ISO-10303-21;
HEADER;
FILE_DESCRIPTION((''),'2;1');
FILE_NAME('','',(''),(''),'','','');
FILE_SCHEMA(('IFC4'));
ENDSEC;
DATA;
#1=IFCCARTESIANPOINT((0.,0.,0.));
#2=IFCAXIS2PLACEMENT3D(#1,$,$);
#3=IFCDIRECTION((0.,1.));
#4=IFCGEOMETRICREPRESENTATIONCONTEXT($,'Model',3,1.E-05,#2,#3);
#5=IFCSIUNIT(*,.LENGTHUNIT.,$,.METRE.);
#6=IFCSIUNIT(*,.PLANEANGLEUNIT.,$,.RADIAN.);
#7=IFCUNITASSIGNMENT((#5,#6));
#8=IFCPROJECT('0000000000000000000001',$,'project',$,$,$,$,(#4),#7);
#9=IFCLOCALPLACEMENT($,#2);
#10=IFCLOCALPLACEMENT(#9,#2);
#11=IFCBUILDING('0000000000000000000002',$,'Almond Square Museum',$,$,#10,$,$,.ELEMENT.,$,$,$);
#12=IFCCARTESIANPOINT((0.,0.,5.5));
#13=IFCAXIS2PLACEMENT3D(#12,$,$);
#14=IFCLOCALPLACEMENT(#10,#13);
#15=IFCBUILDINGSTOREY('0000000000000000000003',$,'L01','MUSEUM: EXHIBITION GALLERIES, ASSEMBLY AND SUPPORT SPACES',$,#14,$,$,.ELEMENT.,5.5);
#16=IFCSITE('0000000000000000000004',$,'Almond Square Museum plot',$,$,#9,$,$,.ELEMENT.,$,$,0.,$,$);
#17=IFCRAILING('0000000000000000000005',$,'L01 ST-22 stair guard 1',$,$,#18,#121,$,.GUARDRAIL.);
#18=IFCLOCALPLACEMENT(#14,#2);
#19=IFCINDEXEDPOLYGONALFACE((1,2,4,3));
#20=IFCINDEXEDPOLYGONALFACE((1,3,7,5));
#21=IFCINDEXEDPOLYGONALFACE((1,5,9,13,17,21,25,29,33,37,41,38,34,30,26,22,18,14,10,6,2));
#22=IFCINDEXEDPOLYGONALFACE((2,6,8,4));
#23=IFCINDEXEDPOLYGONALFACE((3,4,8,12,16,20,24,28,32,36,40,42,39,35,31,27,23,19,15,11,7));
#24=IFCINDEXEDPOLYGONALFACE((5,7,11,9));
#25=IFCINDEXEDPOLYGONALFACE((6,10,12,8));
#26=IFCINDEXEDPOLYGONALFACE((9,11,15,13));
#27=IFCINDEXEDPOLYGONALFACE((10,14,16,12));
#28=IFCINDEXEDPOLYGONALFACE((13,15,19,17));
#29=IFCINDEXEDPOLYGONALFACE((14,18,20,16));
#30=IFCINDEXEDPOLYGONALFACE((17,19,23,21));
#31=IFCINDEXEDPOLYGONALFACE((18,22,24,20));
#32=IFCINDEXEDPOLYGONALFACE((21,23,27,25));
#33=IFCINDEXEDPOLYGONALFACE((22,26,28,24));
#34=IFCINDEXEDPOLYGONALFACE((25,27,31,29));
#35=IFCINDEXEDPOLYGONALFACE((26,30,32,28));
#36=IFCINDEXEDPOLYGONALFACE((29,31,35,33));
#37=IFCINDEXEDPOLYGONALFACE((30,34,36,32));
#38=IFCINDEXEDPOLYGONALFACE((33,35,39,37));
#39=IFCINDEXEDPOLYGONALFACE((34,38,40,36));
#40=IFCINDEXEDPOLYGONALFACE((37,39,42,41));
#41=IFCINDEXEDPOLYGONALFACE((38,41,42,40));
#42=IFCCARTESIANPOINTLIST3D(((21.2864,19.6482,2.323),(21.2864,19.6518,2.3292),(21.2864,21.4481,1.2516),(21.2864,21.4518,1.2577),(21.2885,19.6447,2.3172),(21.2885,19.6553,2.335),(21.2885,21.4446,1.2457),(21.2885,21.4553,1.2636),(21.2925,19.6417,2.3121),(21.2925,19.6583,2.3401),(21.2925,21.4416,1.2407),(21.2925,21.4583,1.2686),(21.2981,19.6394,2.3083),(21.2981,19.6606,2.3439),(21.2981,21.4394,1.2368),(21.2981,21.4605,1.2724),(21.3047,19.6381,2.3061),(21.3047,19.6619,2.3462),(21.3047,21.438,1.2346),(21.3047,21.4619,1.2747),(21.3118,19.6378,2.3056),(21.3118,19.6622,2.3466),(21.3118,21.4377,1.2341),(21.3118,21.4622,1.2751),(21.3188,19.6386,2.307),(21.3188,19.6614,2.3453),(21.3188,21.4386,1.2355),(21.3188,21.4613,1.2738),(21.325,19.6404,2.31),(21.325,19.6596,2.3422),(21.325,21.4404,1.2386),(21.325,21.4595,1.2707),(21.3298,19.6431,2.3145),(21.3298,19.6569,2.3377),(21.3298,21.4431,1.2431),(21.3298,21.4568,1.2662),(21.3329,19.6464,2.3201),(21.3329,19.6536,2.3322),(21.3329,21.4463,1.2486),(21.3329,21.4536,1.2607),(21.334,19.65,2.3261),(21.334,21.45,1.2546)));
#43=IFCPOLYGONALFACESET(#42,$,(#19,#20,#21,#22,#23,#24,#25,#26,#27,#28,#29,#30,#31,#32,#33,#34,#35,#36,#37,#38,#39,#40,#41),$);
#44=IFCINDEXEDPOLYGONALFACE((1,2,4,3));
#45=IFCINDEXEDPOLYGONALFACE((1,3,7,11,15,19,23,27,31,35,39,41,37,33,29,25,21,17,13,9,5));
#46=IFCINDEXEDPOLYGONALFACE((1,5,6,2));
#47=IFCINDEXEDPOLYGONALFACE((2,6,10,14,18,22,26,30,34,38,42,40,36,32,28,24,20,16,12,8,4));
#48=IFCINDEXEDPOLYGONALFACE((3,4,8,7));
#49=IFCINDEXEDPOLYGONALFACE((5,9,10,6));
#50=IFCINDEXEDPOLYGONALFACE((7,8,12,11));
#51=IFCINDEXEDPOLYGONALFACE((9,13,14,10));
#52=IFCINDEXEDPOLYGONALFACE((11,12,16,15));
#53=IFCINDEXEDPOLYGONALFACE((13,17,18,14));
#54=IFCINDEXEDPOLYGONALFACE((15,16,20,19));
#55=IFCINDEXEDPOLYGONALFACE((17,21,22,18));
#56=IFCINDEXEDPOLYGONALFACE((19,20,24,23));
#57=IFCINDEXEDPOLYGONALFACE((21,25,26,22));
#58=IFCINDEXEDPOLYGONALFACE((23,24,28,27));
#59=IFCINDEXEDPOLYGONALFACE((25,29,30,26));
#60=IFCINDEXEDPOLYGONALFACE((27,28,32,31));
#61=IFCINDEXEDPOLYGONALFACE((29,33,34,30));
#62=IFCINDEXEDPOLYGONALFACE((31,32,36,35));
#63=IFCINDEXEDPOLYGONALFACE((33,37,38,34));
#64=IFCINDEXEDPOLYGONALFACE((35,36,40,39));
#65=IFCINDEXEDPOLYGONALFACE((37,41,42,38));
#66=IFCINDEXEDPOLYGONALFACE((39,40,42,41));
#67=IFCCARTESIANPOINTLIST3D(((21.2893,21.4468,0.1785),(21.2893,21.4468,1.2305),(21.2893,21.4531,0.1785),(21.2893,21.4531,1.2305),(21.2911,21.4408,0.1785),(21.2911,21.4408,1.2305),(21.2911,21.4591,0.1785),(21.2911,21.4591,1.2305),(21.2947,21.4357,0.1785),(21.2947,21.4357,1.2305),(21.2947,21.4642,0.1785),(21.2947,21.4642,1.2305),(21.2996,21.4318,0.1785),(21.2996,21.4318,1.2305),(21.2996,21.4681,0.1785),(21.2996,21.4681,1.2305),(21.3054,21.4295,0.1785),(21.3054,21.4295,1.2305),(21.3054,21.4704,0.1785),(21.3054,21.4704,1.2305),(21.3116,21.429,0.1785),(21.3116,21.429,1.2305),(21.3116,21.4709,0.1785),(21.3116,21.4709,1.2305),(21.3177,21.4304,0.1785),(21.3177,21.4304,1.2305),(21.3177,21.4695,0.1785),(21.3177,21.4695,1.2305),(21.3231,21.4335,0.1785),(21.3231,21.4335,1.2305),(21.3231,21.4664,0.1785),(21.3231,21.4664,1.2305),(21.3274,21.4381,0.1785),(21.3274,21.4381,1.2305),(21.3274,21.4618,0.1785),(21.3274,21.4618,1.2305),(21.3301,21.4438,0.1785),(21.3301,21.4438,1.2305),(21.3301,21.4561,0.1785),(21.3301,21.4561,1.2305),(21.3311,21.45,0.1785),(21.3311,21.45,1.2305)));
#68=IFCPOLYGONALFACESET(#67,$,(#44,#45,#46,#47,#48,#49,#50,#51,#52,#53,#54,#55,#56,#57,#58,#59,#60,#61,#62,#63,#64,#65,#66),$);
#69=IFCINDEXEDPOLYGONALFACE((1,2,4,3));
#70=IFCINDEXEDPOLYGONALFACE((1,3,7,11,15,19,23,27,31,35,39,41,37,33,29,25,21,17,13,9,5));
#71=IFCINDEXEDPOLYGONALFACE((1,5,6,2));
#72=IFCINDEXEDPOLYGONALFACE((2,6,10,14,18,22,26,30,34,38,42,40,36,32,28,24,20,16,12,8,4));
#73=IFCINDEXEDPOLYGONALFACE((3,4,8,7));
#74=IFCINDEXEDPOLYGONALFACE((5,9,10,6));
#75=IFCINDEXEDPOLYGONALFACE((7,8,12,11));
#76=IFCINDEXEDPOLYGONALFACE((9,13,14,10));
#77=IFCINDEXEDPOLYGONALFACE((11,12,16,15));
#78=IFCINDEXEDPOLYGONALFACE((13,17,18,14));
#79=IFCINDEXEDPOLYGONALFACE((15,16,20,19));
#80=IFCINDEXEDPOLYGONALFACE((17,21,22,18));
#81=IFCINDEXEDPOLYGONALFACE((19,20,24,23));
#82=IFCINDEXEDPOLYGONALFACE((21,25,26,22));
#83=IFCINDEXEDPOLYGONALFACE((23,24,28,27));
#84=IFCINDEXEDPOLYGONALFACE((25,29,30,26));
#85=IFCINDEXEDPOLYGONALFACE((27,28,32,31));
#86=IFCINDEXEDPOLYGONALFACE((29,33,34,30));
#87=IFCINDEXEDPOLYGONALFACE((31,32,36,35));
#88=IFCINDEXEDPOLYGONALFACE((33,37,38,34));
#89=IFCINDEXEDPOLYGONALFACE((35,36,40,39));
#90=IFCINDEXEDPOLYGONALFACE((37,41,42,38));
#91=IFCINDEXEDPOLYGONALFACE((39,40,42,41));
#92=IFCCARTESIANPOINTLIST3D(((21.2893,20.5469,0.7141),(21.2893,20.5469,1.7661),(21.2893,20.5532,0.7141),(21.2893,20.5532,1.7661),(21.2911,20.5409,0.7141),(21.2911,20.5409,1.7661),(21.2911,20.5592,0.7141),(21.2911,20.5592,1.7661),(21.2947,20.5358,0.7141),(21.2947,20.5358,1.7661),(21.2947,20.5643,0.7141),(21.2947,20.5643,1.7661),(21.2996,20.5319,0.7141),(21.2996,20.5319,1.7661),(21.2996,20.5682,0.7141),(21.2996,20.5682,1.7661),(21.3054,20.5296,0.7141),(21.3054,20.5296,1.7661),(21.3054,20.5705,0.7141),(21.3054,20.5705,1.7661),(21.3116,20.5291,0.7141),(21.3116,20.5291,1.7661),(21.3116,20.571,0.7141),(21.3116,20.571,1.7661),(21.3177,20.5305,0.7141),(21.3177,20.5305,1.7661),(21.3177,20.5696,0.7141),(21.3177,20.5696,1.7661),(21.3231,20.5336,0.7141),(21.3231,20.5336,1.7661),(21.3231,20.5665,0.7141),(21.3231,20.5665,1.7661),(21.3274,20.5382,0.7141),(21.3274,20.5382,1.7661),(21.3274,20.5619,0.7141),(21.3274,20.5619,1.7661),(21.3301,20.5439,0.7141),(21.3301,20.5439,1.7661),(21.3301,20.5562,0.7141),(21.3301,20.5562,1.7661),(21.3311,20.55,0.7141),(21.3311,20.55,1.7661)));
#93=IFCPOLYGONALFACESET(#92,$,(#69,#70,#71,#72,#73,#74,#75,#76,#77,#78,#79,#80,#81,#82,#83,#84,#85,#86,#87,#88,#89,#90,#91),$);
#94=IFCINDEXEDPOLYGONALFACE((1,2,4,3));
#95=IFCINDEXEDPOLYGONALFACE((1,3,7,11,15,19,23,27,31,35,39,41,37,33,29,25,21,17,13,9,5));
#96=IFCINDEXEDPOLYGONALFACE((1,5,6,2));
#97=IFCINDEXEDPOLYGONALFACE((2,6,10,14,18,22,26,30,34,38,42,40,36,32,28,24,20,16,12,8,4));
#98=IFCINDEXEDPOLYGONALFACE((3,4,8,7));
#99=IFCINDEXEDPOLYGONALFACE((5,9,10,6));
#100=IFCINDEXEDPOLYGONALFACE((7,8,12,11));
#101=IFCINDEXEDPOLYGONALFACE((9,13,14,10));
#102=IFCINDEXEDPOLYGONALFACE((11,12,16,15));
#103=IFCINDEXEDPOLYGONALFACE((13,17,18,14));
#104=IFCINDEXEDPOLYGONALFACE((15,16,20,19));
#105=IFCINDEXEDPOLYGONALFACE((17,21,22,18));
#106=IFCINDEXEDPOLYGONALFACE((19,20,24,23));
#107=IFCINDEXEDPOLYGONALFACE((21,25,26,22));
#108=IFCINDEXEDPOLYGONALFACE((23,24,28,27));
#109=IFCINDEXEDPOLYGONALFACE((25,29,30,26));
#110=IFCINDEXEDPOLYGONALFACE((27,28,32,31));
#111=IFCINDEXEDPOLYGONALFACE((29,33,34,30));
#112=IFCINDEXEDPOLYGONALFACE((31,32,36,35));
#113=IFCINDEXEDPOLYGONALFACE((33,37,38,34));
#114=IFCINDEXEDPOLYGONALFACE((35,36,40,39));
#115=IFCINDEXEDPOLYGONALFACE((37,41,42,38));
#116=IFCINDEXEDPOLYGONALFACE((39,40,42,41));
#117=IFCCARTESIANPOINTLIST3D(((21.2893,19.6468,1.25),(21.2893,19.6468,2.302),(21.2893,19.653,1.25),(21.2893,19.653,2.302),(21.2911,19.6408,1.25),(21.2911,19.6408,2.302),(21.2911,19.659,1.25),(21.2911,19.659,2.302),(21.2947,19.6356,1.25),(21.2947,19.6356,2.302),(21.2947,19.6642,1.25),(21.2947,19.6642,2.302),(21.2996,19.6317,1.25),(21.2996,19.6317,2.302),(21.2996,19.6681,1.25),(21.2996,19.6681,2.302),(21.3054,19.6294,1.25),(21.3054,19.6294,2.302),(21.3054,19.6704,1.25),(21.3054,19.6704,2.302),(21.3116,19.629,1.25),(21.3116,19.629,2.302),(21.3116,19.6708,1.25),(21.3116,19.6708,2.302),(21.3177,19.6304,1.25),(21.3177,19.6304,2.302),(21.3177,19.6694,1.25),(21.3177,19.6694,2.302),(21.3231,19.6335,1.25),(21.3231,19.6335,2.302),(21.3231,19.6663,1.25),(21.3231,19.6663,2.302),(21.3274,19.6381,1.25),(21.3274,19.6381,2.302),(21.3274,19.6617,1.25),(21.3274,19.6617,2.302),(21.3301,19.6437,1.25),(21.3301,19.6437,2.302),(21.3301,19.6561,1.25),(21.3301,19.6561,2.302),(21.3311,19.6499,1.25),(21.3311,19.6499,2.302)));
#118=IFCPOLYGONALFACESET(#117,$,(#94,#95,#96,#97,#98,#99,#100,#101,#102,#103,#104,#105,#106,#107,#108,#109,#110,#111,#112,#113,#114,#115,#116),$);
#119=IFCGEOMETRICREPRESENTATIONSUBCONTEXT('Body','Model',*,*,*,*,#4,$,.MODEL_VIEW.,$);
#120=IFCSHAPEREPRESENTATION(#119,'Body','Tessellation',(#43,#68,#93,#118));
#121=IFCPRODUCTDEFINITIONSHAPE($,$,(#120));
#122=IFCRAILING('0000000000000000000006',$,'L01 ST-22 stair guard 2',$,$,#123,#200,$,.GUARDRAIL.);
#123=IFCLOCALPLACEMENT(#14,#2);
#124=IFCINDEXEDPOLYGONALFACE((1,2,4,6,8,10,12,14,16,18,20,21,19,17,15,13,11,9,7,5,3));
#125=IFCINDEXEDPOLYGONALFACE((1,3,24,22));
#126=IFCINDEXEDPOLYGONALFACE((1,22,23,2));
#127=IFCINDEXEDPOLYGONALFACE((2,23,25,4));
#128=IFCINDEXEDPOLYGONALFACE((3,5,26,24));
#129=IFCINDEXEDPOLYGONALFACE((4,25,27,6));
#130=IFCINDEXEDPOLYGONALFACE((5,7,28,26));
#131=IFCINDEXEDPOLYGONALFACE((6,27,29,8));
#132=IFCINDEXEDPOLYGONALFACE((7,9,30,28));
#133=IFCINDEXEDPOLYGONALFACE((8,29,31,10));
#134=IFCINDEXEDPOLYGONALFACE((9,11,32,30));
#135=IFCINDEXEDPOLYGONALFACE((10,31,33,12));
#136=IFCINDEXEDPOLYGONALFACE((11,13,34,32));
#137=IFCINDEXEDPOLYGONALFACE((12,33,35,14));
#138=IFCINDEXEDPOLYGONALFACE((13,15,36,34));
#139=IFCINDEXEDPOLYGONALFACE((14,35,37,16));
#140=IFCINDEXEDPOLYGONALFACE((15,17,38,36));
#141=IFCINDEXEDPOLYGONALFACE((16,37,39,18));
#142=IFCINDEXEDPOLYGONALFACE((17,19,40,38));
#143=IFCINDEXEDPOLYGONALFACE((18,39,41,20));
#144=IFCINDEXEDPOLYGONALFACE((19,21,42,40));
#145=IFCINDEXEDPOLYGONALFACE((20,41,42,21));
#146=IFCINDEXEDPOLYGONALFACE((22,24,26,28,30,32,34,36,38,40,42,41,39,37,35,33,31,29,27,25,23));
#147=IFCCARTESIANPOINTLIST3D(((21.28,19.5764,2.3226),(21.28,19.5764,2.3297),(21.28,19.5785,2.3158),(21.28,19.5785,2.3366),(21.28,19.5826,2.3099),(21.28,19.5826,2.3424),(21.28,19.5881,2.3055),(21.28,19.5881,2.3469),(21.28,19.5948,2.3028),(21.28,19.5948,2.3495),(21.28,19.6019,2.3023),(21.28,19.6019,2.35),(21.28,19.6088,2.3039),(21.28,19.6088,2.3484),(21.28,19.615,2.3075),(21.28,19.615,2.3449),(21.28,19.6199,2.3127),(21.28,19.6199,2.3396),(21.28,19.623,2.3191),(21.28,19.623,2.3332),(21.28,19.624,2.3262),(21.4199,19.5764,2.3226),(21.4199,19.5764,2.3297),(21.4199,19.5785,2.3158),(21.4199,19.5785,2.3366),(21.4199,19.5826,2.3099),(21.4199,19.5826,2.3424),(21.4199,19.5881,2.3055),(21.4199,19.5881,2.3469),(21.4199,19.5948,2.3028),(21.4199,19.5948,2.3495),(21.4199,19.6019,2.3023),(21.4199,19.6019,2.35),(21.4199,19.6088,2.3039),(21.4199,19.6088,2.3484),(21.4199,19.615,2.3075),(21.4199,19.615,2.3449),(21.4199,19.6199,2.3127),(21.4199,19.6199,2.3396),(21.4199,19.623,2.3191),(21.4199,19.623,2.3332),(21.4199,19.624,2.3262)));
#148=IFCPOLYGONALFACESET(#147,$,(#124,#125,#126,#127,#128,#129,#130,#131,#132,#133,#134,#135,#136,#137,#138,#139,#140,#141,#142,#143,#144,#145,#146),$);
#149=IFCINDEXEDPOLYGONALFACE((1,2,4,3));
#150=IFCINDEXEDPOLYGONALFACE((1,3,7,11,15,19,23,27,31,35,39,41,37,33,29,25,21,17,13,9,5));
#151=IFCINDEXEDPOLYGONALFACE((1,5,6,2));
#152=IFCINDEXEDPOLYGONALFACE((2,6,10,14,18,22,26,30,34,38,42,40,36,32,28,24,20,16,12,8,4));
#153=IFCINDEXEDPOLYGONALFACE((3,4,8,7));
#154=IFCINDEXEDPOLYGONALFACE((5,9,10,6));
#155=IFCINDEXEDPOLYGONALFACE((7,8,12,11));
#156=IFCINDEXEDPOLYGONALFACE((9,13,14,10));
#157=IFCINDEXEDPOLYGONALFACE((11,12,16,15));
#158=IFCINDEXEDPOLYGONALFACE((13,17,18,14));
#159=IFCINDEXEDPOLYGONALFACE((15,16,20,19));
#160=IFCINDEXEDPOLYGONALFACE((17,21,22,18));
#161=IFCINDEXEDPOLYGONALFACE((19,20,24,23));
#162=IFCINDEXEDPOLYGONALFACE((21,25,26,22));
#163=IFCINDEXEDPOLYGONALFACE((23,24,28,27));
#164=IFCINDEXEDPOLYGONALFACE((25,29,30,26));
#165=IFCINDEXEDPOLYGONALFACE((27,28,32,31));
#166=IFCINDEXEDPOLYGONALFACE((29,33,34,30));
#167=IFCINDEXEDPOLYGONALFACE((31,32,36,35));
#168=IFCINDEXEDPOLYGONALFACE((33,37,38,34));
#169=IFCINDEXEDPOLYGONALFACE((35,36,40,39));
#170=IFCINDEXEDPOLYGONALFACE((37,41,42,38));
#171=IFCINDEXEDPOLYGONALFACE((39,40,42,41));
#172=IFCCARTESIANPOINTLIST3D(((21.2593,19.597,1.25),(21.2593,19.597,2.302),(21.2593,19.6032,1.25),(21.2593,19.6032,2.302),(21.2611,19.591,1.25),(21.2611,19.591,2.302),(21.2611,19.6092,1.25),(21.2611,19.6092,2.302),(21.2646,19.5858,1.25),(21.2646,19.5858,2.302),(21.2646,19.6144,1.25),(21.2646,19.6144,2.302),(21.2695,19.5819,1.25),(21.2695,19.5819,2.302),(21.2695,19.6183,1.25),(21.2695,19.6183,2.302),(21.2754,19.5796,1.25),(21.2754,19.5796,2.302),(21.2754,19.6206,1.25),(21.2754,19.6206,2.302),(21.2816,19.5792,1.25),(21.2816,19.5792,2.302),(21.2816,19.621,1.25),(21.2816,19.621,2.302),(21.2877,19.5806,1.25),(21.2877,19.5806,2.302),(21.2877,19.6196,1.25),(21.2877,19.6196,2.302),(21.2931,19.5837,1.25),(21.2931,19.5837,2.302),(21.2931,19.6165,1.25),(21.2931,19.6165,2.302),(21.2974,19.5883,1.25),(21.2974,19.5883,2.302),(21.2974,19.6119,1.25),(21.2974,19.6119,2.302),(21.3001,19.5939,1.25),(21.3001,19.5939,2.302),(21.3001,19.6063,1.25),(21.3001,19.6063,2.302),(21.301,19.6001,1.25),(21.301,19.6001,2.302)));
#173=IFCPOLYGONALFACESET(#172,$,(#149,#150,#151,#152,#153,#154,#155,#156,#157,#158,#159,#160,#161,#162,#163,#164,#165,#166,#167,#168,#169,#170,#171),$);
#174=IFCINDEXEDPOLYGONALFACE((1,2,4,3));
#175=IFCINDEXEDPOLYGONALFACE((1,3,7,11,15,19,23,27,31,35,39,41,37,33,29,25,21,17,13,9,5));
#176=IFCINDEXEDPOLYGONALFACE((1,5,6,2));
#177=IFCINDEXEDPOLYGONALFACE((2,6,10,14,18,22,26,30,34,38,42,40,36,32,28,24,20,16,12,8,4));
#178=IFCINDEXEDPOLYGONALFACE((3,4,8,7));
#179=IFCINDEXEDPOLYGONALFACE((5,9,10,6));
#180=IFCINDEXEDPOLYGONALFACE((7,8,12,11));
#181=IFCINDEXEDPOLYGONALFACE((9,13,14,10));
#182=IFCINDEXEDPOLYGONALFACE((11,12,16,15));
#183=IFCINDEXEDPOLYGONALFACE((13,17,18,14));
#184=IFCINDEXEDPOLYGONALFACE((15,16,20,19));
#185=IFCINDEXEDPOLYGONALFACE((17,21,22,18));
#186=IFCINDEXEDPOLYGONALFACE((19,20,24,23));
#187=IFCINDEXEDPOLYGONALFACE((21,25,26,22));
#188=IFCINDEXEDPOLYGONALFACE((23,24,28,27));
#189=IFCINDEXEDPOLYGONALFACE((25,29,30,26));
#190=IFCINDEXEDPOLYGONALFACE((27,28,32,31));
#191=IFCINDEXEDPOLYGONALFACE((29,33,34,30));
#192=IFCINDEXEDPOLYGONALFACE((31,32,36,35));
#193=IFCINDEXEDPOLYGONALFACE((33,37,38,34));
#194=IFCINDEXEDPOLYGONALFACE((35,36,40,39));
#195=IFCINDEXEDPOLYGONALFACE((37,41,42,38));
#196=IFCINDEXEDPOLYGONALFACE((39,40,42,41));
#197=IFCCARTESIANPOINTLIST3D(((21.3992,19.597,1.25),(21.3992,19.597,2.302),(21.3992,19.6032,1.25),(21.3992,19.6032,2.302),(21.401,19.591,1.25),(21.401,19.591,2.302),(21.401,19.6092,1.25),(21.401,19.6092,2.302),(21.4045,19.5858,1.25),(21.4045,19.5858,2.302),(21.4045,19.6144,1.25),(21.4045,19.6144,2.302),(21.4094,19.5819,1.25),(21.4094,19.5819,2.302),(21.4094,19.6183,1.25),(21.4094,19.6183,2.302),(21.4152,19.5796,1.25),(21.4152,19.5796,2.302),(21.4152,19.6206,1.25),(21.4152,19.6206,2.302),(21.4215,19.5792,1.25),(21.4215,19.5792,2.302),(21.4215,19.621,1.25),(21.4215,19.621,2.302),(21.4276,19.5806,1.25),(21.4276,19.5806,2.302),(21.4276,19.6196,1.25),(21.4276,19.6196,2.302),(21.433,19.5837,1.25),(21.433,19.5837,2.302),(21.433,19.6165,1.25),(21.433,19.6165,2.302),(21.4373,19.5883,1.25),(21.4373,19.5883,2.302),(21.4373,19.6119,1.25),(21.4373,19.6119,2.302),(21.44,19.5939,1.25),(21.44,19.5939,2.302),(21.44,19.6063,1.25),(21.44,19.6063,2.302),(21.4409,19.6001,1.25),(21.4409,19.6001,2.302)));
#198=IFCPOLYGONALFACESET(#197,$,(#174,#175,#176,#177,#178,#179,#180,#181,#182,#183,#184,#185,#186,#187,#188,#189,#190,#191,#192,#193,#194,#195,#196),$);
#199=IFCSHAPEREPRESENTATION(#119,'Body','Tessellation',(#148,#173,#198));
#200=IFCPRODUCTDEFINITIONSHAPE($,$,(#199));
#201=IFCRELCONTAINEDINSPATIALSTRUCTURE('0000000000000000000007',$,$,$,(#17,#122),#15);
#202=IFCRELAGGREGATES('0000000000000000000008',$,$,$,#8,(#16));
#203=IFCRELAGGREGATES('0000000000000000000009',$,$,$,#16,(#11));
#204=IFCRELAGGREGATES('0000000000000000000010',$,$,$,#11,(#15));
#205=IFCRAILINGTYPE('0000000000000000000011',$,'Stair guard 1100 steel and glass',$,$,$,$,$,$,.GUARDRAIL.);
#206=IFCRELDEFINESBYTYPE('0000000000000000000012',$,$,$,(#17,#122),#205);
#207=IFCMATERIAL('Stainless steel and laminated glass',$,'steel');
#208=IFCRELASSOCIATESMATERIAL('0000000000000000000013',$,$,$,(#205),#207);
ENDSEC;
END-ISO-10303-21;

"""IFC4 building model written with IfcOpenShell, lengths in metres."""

from ifc_helpers import new_model, si_unit, direction, frame, origin, origin_2d, place, context, subcontext, project, spatial, circle, extrude, material, type_object, element, save


model = new_model("IFC4")

# Units and contexts
model_context = context("Model", 3, precision=1e-05, world=origin(), true_north=direction((0.0, 1.0)))
body_context = subcontext(model_context, "Body", "Model", "MODEL_VIEW")
ifc_project = project(units=[si_unit("LENGTHUNIT", "METRE"), si_unit("PLANEANGLEUNIT", "RADIAN")], contexts=[model_context])

# Site, building, storey
site_placement = place(None, origin())
site = spatial("IfcSite", under=ifc_project, at=site_placement, Name="Almond Square Museum plot", CompositionType="ELEMENT", RefElevation=0.0)
building_placement = place(site_placement, origin())
building = spatial("IfcBuilding", under=site, at=building_placement, Name="Almond Square Museum", CompositionType="ELEMENT")
storey_placement = place(building_placement, frame((0.0, 0.0, 5.5)))
storey = spatial("IfcBuildingStorey", under=building, at=storey_placement, Name="L01", Description="MUSEUM: EXHIBITION GALLERIES, ASSEMBLY AND SUPPORT SPACES", CompositionType="ELEMENT", Elevation=5.5)

# Railings
ifc_material_1 = material(Name="Stainless steel and laminated glass", Category="steel")
railing_type_1 = type_object("IfcRailingType", Name="Stair guard 1100 steel and glass", PredefinedType="GUARDRAIL", material=ifc_material_1)
railing_1_placement = place(storey_placement, frame((21.3101, 21.45, 0.1785)))
element("IfcRailing", 1, at=railing_1_placement, inside=storey, type_object=railing_type_1, Name="L01 ST-22 stair guard 1", PredefinedType="GUARDRAIL", context=body_context, shape_type="SweptSolid", body=[
    extrude(circle(Radius=0.0239, at=origin_2d()), frame((0.0, 0.0, 1.0762), z_axis=(0.0, -0.859277, 0.51151), x_axis=(1.0, 0.0, 0.0)), (0.0, 0.0, 1.0), 2.0947),
    extrude(circle(Radius=0.021, at=origin_2d()), origin(), (0.0, 0.0, 1.0), 1.052),
    extrude(circle(Radius=0.021, at=origin_2d()), frame((0.0, -0.8999, 0.5356)), (0.0, 0.0, 1.0), 1.052),
    extrude(circle(Radius=0.021, at=origin_2d()), frame((0.0, -1.8, 1.0715)), (0.0, 0.0, 1.0), 1.052),
])
railing_2_placement = place(storey_placement, frame((21.28, 19.6001, 1.25)))
element("IfcRailing", 2, at=railing_2_placement, inside=storey, type_object=railing_type_1, Name="L01 ST-22 stair guard 2", PredefinedType="GUARDRAIL", context=body_context, shape_type="SweptSolid", body=[
    extrude(circle(Radius=0.0239, at=origin_2d()), frame((0.0, 0.0, 1.0762), z_axis=(1.0, 0.0, 0.0), x_axis=(0.0, 1.0, 0.0)), (0.0, 0.0, 1.0), 0.1399),
    extrude(circle(Radius=0.021, at=origin_2d()), origin(), (0.0, 0.0, 1.0), 1.052),
    extrude(circle(Radius=0.021, at=origin_2d()), frame((0.1399, 0.0, 0.0)), (0.0, 0.0, 1.0), 1.052),
])

save(model, "model.ifc")
